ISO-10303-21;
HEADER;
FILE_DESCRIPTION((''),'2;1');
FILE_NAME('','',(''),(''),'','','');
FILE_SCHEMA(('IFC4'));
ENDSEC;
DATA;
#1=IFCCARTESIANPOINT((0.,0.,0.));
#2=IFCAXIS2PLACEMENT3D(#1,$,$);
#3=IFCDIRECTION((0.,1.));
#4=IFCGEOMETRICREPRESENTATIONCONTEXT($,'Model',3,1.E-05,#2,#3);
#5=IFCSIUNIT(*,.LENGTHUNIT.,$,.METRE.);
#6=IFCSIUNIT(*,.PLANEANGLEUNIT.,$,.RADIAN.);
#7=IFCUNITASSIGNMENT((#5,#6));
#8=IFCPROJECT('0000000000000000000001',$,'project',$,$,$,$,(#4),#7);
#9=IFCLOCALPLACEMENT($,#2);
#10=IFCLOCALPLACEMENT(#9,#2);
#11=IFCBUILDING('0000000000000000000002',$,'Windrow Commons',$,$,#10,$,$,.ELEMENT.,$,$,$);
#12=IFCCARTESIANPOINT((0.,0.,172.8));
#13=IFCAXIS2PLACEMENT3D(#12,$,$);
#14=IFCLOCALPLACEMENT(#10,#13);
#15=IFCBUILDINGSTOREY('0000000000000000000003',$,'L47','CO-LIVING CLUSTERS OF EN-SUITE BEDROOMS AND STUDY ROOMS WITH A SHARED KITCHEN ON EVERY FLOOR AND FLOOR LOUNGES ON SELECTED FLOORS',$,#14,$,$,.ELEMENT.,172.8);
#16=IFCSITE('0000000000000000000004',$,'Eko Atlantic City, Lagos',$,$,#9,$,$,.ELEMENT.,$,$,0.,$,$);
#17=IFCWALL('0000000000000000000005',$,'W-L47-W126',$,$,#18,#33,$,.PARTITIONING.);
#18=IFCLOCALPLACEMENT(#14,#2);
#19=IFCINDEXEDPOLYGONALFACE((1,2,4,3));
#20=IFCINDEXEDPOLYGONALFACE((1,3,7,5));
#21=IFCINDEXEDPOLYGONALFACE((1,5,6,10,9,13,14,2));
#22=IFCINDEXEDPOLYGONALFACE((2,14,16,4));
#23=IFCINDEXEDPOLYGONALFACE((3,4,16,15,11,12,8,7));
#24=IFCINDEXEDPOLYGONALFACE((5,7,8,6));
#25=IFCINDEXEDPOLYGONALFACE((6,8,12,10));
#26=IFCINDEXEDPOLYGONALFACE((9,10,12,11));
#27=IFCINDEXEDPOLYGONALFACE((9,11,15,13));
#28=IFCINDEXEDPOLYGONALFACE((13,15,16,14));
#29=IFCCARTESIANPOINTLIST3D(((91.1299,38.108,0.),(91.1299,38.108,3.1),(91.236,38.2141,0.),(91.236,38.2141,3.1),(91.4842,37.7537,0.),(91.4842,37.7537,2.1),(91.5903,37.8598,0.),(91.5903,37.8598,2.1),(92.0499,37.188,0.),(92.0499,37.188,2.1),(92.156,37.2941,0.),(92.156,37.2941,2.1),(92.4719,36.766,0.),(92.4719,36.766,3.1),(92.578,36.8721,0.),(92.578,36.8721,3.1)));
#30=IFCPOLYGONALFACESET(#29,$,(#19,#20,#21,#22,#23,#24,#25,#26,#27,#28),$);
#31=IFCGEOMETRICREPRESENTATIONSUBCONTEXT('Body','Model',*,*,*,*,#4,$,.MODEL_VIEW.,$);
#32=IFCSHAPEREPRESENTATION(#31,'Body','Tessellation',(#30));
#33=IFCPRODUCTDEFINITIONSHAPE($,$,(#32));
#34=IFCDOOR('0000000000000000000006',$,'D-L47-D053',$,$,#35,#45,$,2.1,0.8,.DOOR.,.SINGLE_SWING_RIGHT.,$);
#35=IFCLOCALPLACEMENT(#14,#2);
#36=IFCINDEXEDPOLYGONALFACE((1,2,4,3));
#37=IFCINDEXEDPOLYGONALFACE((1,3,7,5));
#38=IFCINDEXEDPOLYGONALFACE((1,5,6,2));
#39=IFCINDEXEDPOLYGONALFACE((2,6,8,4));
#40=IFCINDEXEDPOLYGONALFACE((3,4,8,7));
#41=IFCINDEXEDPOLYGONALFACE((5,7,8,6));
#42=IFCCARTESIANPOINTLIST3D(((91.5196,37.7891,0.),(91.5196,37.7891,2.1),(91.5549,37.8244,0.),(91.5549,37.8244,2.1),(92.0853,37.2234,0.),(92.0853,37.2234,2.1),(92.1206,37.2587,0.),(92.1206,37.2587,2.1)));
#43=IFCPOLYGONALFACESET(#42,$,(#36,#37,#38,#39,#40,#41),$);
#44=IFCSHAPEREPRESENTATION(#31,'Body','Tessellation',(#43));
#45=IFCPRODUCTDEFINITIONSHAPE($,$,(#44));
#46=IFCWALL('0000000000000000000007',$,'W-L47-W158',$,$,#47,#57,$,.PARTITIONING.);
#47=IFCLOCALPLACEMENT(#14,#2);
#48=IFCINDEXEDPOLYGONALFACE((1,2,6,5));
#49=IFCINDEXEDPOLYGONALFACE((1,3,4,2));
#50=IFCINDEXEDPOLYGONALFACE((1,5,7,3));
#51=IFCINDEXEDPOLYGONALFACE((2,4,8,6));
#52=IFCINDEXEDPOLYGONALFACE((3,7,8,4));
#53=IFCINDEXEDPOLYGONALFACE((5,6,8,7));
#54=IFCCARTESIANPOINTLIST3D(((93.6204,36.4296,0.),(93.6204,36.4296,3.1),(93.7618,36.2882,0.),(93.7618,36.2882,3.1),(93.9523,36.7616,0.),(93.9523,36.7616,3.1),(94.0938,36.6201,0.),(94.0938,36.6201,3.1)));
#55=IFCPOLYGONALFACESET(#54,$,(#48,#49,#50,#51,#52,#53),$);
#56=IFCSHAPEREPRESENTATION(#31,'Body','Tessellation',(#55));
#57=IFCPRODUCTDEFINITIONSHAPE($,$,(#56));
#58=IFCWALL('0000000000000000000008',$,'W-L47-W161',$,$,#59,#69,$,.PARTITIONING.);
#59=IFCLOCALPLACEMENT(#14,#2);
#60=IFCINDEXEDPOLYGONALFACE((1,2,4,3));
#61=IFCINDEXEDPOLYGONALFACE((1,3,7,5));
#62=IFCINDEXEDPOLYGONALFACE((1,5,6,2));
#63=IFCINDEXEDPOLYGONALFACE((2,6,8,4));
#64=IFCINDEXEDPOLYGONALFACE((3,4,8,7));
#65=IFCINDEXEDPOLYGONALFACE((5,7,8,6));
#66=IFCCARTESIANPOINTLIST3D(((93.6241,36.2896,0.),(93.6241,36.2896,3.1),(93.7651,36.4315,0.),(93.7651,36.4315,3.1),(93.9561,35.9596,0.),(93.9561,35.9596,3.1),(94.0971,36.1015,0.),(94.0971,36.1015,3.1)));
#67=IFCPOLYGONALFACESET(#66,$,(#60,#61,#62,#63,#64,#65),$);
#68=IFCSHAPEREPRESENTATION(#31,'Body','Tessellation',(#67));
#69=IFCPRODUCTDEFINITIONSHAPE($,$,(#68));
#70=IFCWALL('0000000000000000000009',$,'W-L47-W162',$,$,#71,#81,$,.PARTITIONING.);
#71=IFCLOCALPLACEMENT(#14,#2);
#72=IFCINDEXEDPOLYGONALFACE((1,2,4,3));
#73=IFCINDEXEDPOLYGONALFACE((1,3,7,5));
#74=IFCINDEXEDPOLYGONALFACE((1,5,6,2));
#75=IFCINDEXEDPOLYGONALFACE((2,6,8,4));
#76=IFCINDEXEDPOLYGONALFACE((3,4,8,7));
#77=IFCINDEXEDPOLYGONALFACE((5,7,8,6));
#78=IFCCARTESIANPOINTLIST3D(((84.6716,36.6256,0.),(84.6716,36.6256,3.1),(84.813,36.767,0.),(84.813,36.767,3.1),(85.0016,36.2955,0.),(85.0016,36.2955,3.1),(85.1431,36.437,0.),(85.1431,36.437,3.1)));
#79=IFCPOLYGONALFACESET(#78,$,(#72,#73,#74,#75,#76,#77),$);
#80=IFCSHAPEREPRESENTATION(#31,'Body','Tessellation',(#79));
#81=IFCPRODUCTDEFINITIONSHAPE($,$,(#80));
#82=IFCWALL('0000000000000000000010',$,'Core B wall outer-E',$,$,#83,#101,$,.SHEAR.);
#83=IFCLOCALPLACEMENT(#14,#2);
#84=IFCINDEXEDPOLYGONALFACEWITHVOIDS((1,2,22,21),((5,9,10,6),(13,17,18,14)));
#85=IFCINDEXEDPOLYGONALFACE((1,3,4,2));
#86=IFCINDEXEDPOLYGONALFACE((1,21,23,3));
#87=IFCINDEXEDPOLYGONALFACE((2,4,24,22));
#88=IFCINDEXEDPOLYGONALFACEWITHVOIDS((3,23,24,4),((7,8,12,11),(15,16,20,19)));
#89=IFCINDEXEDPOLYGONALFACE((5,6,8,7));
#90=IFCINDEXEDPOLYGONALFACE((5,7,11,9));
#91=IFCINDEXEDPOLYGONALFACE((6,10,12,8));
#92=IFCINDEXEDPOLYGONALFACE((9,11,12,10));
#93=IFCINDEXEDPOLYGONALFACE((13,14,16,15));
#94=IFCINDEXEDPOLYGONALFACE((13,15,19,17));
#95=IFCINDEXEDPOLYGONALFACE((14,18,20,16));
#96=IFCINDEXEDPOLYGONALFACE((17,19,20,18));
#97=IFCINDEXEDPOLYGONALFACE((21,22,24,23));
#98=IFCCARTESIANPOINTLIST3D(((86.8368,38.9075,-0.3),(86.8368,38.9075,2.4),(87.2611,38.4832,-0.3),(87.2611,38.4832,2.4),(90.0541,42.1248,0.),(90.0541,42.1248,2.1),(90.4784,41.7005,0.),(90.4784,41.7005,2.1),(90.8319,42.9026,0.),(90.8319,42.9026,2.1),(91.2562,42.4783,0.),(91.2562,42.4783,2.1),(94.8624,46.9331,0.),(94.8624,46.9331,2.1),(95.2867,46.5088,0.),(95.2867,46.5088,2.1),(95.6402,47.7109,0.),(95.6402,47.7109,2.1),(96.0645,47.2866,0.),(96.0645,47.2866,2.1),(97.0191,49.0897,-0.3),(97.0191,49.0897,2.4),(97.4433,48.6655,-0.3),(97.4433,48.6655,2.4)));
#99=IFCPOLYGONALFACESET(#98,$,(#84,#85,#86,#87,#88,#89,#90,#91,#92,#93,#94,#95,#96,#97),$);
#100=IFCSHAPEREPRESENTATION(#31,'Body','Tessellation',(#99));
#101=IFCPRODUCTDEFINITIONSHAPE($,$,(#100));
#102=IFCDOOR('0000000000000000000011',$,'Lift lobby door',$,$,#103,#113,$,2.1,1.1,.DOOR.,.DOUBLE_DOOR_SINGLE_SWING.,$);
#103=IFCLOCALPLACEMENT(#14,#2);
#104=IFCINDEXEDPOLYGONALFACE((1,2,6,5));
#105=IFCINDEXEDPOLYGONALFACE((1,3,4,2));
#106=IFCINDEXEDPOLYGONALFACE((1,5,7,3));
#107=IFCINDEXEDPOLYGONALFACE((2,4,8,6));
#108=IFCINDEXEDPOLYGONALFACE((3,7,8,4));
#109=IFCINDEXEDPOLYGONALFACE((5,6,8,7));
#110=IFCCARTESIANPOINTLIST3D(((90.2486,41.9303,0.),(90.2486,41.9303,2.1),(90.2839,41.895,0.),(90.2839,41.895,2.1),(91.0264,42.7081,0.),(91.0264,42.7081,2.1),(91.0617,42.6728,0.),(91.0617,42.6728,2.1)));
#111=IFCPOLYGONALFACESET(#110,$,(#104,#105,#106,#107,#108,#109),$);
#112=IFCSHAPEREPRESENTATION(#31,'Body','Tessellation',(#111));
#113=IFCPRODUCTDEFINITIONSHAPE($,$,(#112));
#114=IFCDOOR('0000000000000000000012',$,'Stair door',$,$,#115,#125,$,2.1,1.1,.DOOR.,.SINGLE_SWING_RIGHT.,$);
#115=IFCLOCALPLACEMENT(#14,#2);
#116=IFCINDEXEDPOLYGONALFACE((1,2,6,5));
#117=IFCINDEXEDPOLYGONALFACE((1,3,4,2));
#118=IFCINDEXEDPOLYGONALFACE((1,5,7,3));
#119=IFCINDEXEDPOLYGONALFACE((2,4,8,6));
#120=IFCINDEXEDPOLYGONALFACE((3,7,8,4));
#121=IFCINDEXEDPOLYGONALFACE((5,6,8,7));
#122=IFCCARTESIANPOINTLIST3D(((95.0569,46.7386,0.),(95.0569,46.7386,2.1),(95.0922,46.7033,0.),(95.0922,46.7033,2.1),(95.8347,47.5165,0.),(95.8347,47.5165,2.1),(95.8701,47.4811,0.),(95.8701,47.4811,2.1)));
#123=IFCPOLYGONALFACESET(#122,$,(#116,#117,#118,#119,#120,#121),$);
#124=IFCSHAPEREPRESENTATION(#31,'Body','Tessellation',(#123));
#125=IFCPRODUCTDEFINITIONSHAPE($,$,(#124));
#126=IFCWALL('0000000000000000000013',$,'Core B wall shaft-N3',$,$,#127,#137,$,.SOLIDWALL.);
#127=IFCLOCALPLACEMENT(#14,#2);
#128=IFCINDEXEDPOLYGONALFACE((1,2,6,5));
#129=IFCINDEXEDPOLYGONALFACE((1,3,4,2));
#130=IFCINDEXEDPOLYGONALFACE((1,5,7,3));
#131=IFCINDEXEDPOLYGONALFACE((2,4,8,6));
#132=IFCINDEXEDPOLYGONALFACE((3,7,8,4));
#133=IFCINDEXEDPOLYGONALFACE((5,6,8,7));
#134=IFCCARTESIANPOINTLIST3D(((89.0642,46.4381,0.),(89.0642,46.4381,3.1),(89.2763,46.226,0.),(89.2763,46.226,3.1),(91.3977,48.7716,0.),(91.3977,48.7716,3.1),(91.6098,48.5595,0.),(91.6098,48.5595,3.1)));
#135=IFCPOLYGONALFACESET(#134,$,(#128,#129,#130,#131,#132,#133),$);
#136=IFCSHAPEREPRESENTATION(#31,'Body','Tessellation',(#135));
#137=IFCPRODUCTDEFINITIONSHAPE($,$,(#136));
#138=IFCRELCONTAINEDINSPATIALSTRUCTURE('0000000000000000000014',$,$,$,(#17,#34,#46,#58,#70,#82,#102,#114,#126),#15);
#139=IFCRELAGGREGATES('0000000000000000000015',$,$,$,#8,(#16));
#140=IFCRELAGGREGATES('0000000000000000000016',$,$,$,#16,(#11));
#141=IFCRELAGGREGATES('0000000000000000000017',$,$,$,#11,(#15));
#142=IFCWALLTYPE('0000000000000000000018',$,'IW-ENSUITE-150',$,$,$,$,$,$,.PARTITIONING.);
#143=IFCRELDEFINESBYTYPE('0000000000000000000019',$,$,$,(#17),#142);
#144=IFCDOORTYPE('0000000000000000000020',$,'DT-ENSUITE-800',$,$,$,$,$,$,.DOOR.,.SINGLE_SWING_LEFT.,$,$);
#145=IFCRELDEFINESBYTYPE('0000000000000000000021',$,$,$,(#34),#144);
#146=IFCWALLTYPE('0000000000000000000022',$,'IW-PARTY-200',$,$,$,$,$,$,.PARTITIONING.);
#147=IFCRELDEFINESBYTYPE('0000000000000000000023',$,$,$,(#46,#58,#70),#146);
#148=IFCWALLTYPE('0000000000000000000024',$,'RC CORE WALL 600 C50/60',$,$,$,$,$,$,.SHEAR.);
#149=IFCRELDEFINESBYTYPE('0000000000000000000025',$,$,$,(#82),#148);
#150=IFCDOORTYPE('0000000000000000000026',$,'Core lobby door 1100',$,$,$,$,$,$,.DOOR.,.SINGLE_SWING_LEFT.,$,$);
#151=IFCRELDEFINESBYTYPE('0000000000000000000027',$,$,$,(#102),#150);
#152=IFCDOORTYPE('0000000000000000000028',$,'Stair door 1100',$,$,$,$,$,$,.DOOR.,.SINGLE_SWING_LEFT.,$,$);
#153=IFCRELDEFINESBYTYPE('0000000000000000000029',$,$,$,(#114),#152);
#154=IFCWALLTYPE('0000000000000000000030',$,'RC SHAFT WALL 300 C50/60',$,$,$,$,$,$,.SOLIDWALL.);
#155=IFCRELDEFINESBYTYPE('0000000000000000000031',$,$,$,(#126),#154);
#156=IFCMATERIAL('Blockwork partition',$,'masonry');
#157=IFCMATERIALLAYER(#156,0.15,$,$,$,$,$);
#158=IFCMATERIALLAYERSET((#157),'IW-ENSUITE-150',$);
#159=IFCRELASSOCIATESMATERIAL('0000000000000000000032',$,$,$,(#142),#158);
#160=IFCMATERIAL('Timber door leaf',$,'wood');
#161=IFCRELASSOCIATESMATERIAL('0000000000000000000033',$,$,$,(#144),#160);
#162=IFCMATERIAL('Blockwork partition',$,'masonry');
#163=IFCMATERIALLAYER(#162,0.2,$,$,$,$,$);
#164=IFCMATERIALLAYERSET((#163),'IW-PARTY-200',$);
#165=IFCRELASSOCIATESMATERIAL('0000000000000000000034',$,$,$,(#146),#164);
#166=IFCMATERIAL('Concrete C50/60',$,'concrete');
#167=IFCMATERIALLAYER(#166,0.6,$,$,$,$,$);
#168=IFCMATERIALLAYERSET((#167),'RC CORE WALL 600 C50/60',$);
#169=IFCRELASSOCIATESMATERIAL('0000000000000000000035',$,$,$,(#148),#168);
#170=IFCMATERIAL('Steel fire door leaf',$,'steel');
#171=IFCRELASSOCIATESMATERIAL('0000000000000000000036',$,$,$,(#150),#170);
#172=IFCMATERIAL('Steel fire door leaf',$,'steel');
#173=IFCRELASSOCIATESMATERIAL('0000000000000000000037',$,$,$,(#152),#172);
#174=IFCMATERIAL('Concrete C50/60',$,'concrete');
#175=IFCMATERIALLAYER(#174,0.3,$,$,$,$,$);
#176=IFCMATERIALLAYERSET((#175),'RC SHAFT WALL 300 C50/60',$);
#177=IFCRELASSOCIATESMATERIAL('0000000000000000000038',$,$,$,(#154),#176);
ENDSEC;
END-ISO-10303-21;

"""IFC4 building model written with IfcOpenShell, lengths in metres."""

from ifc_helpers import new_model, si_unit, direction, frame, frame_2d, origin, place, context, subcontext, project, spatial, rectangle, extrude, material, layer, layer_set, type_object, element, fill, save


model = new_model("IFC4")

# Units and contexts
model_context = context("Model", 3, precision=1e-05, world=origin(), true_north=direction((0.0, 1.0)))
body_context = subcontext(model_context, "Body", "Model", "MODEL_VIEW")
ifc_project = project(units=[si_unit("LENGTHUNIT", "METRE"), si_unit("PLANEANGLEUNIT", "RADIAN")], contexts=[model_context])

# Site, building, storey
site_placement = place(None, origin())
site = spatial("IfcSite", under=ifc_project, at=site_placement, Name="Eko Atlantic City, Lagos", CompositionType="ELEMENT", RefElevation=0.0)
building_placement = place(site_placement, origin())
building = spatial("IfcBuilding", under=site, at=building_placement, Name="Windrow Commons", CompositionType="ELEMENT")
storey_placement = place(building_placement, frame((0.0, 0.0, 172.8)))
storey = spatial("IfcBuildingStorey", under=building, at=storey_placement, Name="L47", Description="CO-LIVING CLUSTERS OF EN-SUITE BEDROOMS AND STUDY ROOMS WITH A SHARED KITCHEN ON EVERY FLOOR AND FLOOR LOUNGES ON SELECTED FLOORS", CompositionType="ELEMENT", Elevation=172.8)

# Shared definitions
ifc_material_1 = material(Name="Blockwork partition", Category="masonry")
ifc_layer_1 = layer(ifc_material_1, 0.15)
ifc_layer_set_1 = layer_set([ifc_layer_1], Name="IW-ENSUITE-150")
wall_type_1 = type_object("IfcWallType", Name="IW-ENSUITE-150", PredefinedType="PARTITIONING", material=ifc_layer_set_1)

# Wall, opening, door
wall_1_placement = place(storey_placement, frame((91.183, 38.161, 0.0), z_axis=(0.0, 0.0, 1.0), x_axis=(0.707107, -0.707107, 0.0)))
wall_1 = element("IfcWall", 1, at=wall_1_placement, inside=storey, type_object=wall_type_1, Name="W-L47-W126", PredefinedType="PARTITIONING", context=body_context, shape_type="SweptSolid", body=[
    extrude(rectangle(XDim=1.8979, YDim=0.15, at=frame_2d((0.9489, 0.0))), origin(), (0.0, 0.0, 1.0), 3.1),
])
opening_1_placement = place(wall_1_placement, frame((0.501, 0.0, 0.0)))
opening_1 = element("IfcOpeningElement", 2, at=opening_1_placement, cuts=wall_1, PredefinedType="OPENING", context=body_context, shape_type="SweptSolid", body=[
    extrude(rectangle(XDim=0.8, YDim=2.1, at=frame_2d((0.4, 1.05))), frame((0.0, 0.085, 0.0), z_axis=(0.0, -1.0, 0.0), x_axis=(1.0, 0.0, 0.0)), (0.0, 0.0, 1.0), 0.17),
])
ifc_material_2 = material(Name="Timber door leaf", Category="wood")
door_type_1 = type_object("IfcDoorType", Name="DT-ENSUITE-800", OperationType="SINGLE_SWING_LEFT", PredefinedType="DOOR", material=ifc_material_2)
door_1_placement = place(opening_1_placement, origin())
door_1 = element("IfcDoor", 3, at=door_1_placement, inside=storey, type_object=door_type_1, Name="D-L47-D053", OperationType="SINGLE_SWING_RIGHT", OverallHeight=2.1, OverallWidth=0.8, PredefinedType="DOOR", context=body_context, shape_type="SweptSolid", body=[
    extrude(rectangle(XDim=0.8, YDim=2.1, at=frame_2d((0.4, 1.05))), frame((0.0, 0.025, 0.0), z_axis=(0.0, -1.0, 0.0), x_axis=(1.0, 0.0, 0.0)), (0.0, 0.0, 1.0), 0.05),
])
fill(opening_1, door_1)

# Walls
ifc_material_3 = material(Name="Blockwork partition", Category="masonry")
ifc_layer_2 = layer(ifc_material_3, 0.2)
ifc_layer_set_2 = layer_set([ifc_layer_2], Name="IW-PARTY-200")
wall_type_2 = type_object("IfcWallType", Name="IW-PARTY-200", PredefinedType="PARTITIONING", material=ifc_layer_set_2)
wall_2_placement = place(storey_placement, frame((93.6911, 36.3589, 0.0), z_axis=(0.0, 0.0, 1.0), x_axis=(0.707107, 0.707107, 0.0)))
element("IfcWall", 4, at=wall_2_placement, inside=storey, type_object=wall_type_2, Name="W-L47-W158", PredefinedType="PARTITIONING", context=body_context, shape_type="SweptSolid", body=[
    extrude(rectangle(XDim=0.4695, YDim=0.2, at=frame_2d((0.2347, 0.0))), origin(), (0.0, 0.0, 1.0), 3.1),
])
wall_3_placement = place(storey_placement, frame((93.6946, 36.3606, 0.0), z_axis=(0.0, 0.0, 1.0), x_axis=(0.70924, -0.704967, 0.0)))
element("IfcWall", 5, at=wall_3_placement, inside=storey, type_object=wall_type_2, Name="W-L47-W161", PredefinedType="PARTITIONING", context=body_context, shape_type="SweptSolid", body=[
    extrude(rectangle(XDim=0.4681, YDim=0.2, at=frame_2d((0.2341, 0.0))), origin(), (0.0, 0.0, 1.0), 3.1),
])
wall_4_placement = place(storey_placement, frame((84.7423, 36.6963, 0.0), z_axis=(0.0, 0.0, 1.0), x_axis=(0.707107, -0.707107, 0.0)))
element("IfcWall", 6, at=wall_4_placement, inside=storey, type_object=wall_type_2, Name="W-L47-W162", PredefinedType="PARTITIONING", context=body_context, shape_type="SweptSolid", body=[
    extrude(rectangle(XDim=0.4667, YDim=0.2, at=frame_2d((0.2334, 0.0))), origin(), (0.0, 0.0, 1.0), 3.1),
])

# Wall, openings, doors
ifc_material_4 = material(Name="Concrete C50/60", Category="concrete")
ifc_layer_3 = layer(ifc_material_4, 0.6)
ifc_layer_set_3 = layer_set([ifc_layer_3], Name="RC CORE WALL 600 C50/60")
wall_type_3 = type_object("IfcWallType", Name="RC CORE WALL 600 C50/60", PredefinedType="SHEAR", material=ifc_layer_set_3)
wall_5_placement = place(storey_placement, frame((87.0489, 38.6953, -0.3), z_axis=(0.0, 0.0, 1.0), x_axis=(0.707107, 0.707107, 0.0)))
wall_5 = element("IfcWall", 7, at=wall_5_placement, inside=storey, type_object=wall_type_3, Name="Core B wall outer-E", PredefinedType="SHEAR", context=body_context, shape_type="SweptSolid", body=[
    extrude(rectangle(XDim=14.3999, YDim=0.6, at=frame_2d((7.2, 0.0))), origin(), (0.0, 0.0, 1.0), 2.7),
])
opening_2_placement = place(wall_5_placement, frame((4.55, 0.0, 0.3)))
opening_2 = element("IfcOpeningElement", 8, at=opening_2_placement, cuts=wall_5, PredefinedType="OPENING", context=body_context, shape_type="SweptSolid", body=[
    extrude(rectangle(XDim=1.1, YDim=2.1, at=frame_2d((0.55, 1.05))), frame((0.0, 0.31, 0.0), z_axis=(0.0, -1.0, 0.0), x_axis=(1.0, 0.0, 0.0)), (0.0, 0.0, 1.0), 0.62),
])
opening_3_placement = place(wall_5_placement, frame((11.35, 0.0, 0.3)))
opening_3 = element("IfcOpeningElement", 9, at=opening_3_placement, cuts=wall_5, PredefinedType="OPENING", context=body_context, shape_type="SweptSolid", body=[
    extrude(rectangle(XDim=1.1, YDim=2.1, at=frame_2d((0.55, 1.05))), frame((0.0, 0.31, 0.0), z_axis=(0.0, -1.0, 0.0), x_axis=(1.0, 0.0, 0.0)), (0.0, 0.0, 1.0), 0.62),
])
ifc_material_5 = material(Name="Steel fire door leaf", Category="steel")
door_type_2 = type_object("IfcDoorType", Name="Core lobby door 1100", OperationType="SINGLE_SWING_LEFT", PredefinedType="DOOR", material=ifc_material_5)
door_2_placement = place(opening_2_placement, origin())
door_2 = element("IfcDoor", 10, at=door_2_placement, inside=storey, type_object=door_type_2, Name="Lift lobby door", OperationType="DOUBLE_DOOR_SINGLE_SWING", OverallHeight=2.1, OverallWidth=1.1, PredefinedType="DOOR", context=body_context, shape_type="SweptSolid", body=[
    extrude(rectangle(XDim=1.1, YDim=2.1, at=frame_2d((0.55, 1.05))), frame((0.0, 0.025, 0.0), z_axis=(0.0, -1.0, 0.0), x_axis=(1.0, 0.0, 0.0)), (0.0, 0.0, 1.0), 0.05),
])
fill(opening_2, door_2)
ifc_material_6 = material(Name="Steel fire door leaf", Category="steel")
door_type_3 = type_object("IfcDoorType", Name="Stair door 1100", OperationType="SINGLE_SWING_LEFT", PredefinedType="DOOR", material=ifc_material_6)
door_3_placement = place(opening_3_placement, origin())
door_3 = element("IfcDoor", 11, at=door_3_placement, inside=storey, type_object=door_type_3, Name="Stair door", OperationType="SINGLE_SWING_RIGHT", OverallHeight=2.1, OverallWidth=1.1, PredefinedType="DOOR", context=body_context, shape_type="SweptSolid", body=[
    extrude(rectangle(XDim=1.1, YDim=2.1, at=frame_2d((0.55, 1.05))), frame((0.0, 0.025, 0.0), z_axis=(0.0, -1.0, 0.0), x_axis=(1.0, 0.0, 0.0)), (0.0, 0.0, 1.0), 0.05),
])
fill(opening_3, door_3)

# Wall
ifc_material_7 = material(Name="Concrete C50/60", Category="concrete")
ifc_layer_4 = layer(ifc_material_7, 0.3)
ifc_layer_set_4 = layer_set([ifc_layer_4], Name="RC SHAFT WALL 300 C50/60")
wall_type_4 = type_object("IfcWallType", Name="RC SHAFT WALL 300 C50/60", PredefinedType="SOLIDWALL", material=ifc_layer_set_4)
wall_6_placement = place(storey_placement, frame((89.1702, 46.332, 0.0), z_axis=(0.0, 0.0, 1.0), x_axis=(0.707107, 0.707107, 0.0)))
element("IfcWall", 12, at=wall_6_placement, inside=storey, type_object=wall_type_4, Name="Core B wall shaft-N3", PredefinedType="SOLIDWALL", context=body_context, shape_type="SweptSolid", body=[
    extrude(rectangle(XDim=3.3001, YDim=0.3, at=frame_2d((1.6501, 0.0))), origin(), (0.0, 0.0, 1.0), 3.1),
])

save(model, "model.ifc")
